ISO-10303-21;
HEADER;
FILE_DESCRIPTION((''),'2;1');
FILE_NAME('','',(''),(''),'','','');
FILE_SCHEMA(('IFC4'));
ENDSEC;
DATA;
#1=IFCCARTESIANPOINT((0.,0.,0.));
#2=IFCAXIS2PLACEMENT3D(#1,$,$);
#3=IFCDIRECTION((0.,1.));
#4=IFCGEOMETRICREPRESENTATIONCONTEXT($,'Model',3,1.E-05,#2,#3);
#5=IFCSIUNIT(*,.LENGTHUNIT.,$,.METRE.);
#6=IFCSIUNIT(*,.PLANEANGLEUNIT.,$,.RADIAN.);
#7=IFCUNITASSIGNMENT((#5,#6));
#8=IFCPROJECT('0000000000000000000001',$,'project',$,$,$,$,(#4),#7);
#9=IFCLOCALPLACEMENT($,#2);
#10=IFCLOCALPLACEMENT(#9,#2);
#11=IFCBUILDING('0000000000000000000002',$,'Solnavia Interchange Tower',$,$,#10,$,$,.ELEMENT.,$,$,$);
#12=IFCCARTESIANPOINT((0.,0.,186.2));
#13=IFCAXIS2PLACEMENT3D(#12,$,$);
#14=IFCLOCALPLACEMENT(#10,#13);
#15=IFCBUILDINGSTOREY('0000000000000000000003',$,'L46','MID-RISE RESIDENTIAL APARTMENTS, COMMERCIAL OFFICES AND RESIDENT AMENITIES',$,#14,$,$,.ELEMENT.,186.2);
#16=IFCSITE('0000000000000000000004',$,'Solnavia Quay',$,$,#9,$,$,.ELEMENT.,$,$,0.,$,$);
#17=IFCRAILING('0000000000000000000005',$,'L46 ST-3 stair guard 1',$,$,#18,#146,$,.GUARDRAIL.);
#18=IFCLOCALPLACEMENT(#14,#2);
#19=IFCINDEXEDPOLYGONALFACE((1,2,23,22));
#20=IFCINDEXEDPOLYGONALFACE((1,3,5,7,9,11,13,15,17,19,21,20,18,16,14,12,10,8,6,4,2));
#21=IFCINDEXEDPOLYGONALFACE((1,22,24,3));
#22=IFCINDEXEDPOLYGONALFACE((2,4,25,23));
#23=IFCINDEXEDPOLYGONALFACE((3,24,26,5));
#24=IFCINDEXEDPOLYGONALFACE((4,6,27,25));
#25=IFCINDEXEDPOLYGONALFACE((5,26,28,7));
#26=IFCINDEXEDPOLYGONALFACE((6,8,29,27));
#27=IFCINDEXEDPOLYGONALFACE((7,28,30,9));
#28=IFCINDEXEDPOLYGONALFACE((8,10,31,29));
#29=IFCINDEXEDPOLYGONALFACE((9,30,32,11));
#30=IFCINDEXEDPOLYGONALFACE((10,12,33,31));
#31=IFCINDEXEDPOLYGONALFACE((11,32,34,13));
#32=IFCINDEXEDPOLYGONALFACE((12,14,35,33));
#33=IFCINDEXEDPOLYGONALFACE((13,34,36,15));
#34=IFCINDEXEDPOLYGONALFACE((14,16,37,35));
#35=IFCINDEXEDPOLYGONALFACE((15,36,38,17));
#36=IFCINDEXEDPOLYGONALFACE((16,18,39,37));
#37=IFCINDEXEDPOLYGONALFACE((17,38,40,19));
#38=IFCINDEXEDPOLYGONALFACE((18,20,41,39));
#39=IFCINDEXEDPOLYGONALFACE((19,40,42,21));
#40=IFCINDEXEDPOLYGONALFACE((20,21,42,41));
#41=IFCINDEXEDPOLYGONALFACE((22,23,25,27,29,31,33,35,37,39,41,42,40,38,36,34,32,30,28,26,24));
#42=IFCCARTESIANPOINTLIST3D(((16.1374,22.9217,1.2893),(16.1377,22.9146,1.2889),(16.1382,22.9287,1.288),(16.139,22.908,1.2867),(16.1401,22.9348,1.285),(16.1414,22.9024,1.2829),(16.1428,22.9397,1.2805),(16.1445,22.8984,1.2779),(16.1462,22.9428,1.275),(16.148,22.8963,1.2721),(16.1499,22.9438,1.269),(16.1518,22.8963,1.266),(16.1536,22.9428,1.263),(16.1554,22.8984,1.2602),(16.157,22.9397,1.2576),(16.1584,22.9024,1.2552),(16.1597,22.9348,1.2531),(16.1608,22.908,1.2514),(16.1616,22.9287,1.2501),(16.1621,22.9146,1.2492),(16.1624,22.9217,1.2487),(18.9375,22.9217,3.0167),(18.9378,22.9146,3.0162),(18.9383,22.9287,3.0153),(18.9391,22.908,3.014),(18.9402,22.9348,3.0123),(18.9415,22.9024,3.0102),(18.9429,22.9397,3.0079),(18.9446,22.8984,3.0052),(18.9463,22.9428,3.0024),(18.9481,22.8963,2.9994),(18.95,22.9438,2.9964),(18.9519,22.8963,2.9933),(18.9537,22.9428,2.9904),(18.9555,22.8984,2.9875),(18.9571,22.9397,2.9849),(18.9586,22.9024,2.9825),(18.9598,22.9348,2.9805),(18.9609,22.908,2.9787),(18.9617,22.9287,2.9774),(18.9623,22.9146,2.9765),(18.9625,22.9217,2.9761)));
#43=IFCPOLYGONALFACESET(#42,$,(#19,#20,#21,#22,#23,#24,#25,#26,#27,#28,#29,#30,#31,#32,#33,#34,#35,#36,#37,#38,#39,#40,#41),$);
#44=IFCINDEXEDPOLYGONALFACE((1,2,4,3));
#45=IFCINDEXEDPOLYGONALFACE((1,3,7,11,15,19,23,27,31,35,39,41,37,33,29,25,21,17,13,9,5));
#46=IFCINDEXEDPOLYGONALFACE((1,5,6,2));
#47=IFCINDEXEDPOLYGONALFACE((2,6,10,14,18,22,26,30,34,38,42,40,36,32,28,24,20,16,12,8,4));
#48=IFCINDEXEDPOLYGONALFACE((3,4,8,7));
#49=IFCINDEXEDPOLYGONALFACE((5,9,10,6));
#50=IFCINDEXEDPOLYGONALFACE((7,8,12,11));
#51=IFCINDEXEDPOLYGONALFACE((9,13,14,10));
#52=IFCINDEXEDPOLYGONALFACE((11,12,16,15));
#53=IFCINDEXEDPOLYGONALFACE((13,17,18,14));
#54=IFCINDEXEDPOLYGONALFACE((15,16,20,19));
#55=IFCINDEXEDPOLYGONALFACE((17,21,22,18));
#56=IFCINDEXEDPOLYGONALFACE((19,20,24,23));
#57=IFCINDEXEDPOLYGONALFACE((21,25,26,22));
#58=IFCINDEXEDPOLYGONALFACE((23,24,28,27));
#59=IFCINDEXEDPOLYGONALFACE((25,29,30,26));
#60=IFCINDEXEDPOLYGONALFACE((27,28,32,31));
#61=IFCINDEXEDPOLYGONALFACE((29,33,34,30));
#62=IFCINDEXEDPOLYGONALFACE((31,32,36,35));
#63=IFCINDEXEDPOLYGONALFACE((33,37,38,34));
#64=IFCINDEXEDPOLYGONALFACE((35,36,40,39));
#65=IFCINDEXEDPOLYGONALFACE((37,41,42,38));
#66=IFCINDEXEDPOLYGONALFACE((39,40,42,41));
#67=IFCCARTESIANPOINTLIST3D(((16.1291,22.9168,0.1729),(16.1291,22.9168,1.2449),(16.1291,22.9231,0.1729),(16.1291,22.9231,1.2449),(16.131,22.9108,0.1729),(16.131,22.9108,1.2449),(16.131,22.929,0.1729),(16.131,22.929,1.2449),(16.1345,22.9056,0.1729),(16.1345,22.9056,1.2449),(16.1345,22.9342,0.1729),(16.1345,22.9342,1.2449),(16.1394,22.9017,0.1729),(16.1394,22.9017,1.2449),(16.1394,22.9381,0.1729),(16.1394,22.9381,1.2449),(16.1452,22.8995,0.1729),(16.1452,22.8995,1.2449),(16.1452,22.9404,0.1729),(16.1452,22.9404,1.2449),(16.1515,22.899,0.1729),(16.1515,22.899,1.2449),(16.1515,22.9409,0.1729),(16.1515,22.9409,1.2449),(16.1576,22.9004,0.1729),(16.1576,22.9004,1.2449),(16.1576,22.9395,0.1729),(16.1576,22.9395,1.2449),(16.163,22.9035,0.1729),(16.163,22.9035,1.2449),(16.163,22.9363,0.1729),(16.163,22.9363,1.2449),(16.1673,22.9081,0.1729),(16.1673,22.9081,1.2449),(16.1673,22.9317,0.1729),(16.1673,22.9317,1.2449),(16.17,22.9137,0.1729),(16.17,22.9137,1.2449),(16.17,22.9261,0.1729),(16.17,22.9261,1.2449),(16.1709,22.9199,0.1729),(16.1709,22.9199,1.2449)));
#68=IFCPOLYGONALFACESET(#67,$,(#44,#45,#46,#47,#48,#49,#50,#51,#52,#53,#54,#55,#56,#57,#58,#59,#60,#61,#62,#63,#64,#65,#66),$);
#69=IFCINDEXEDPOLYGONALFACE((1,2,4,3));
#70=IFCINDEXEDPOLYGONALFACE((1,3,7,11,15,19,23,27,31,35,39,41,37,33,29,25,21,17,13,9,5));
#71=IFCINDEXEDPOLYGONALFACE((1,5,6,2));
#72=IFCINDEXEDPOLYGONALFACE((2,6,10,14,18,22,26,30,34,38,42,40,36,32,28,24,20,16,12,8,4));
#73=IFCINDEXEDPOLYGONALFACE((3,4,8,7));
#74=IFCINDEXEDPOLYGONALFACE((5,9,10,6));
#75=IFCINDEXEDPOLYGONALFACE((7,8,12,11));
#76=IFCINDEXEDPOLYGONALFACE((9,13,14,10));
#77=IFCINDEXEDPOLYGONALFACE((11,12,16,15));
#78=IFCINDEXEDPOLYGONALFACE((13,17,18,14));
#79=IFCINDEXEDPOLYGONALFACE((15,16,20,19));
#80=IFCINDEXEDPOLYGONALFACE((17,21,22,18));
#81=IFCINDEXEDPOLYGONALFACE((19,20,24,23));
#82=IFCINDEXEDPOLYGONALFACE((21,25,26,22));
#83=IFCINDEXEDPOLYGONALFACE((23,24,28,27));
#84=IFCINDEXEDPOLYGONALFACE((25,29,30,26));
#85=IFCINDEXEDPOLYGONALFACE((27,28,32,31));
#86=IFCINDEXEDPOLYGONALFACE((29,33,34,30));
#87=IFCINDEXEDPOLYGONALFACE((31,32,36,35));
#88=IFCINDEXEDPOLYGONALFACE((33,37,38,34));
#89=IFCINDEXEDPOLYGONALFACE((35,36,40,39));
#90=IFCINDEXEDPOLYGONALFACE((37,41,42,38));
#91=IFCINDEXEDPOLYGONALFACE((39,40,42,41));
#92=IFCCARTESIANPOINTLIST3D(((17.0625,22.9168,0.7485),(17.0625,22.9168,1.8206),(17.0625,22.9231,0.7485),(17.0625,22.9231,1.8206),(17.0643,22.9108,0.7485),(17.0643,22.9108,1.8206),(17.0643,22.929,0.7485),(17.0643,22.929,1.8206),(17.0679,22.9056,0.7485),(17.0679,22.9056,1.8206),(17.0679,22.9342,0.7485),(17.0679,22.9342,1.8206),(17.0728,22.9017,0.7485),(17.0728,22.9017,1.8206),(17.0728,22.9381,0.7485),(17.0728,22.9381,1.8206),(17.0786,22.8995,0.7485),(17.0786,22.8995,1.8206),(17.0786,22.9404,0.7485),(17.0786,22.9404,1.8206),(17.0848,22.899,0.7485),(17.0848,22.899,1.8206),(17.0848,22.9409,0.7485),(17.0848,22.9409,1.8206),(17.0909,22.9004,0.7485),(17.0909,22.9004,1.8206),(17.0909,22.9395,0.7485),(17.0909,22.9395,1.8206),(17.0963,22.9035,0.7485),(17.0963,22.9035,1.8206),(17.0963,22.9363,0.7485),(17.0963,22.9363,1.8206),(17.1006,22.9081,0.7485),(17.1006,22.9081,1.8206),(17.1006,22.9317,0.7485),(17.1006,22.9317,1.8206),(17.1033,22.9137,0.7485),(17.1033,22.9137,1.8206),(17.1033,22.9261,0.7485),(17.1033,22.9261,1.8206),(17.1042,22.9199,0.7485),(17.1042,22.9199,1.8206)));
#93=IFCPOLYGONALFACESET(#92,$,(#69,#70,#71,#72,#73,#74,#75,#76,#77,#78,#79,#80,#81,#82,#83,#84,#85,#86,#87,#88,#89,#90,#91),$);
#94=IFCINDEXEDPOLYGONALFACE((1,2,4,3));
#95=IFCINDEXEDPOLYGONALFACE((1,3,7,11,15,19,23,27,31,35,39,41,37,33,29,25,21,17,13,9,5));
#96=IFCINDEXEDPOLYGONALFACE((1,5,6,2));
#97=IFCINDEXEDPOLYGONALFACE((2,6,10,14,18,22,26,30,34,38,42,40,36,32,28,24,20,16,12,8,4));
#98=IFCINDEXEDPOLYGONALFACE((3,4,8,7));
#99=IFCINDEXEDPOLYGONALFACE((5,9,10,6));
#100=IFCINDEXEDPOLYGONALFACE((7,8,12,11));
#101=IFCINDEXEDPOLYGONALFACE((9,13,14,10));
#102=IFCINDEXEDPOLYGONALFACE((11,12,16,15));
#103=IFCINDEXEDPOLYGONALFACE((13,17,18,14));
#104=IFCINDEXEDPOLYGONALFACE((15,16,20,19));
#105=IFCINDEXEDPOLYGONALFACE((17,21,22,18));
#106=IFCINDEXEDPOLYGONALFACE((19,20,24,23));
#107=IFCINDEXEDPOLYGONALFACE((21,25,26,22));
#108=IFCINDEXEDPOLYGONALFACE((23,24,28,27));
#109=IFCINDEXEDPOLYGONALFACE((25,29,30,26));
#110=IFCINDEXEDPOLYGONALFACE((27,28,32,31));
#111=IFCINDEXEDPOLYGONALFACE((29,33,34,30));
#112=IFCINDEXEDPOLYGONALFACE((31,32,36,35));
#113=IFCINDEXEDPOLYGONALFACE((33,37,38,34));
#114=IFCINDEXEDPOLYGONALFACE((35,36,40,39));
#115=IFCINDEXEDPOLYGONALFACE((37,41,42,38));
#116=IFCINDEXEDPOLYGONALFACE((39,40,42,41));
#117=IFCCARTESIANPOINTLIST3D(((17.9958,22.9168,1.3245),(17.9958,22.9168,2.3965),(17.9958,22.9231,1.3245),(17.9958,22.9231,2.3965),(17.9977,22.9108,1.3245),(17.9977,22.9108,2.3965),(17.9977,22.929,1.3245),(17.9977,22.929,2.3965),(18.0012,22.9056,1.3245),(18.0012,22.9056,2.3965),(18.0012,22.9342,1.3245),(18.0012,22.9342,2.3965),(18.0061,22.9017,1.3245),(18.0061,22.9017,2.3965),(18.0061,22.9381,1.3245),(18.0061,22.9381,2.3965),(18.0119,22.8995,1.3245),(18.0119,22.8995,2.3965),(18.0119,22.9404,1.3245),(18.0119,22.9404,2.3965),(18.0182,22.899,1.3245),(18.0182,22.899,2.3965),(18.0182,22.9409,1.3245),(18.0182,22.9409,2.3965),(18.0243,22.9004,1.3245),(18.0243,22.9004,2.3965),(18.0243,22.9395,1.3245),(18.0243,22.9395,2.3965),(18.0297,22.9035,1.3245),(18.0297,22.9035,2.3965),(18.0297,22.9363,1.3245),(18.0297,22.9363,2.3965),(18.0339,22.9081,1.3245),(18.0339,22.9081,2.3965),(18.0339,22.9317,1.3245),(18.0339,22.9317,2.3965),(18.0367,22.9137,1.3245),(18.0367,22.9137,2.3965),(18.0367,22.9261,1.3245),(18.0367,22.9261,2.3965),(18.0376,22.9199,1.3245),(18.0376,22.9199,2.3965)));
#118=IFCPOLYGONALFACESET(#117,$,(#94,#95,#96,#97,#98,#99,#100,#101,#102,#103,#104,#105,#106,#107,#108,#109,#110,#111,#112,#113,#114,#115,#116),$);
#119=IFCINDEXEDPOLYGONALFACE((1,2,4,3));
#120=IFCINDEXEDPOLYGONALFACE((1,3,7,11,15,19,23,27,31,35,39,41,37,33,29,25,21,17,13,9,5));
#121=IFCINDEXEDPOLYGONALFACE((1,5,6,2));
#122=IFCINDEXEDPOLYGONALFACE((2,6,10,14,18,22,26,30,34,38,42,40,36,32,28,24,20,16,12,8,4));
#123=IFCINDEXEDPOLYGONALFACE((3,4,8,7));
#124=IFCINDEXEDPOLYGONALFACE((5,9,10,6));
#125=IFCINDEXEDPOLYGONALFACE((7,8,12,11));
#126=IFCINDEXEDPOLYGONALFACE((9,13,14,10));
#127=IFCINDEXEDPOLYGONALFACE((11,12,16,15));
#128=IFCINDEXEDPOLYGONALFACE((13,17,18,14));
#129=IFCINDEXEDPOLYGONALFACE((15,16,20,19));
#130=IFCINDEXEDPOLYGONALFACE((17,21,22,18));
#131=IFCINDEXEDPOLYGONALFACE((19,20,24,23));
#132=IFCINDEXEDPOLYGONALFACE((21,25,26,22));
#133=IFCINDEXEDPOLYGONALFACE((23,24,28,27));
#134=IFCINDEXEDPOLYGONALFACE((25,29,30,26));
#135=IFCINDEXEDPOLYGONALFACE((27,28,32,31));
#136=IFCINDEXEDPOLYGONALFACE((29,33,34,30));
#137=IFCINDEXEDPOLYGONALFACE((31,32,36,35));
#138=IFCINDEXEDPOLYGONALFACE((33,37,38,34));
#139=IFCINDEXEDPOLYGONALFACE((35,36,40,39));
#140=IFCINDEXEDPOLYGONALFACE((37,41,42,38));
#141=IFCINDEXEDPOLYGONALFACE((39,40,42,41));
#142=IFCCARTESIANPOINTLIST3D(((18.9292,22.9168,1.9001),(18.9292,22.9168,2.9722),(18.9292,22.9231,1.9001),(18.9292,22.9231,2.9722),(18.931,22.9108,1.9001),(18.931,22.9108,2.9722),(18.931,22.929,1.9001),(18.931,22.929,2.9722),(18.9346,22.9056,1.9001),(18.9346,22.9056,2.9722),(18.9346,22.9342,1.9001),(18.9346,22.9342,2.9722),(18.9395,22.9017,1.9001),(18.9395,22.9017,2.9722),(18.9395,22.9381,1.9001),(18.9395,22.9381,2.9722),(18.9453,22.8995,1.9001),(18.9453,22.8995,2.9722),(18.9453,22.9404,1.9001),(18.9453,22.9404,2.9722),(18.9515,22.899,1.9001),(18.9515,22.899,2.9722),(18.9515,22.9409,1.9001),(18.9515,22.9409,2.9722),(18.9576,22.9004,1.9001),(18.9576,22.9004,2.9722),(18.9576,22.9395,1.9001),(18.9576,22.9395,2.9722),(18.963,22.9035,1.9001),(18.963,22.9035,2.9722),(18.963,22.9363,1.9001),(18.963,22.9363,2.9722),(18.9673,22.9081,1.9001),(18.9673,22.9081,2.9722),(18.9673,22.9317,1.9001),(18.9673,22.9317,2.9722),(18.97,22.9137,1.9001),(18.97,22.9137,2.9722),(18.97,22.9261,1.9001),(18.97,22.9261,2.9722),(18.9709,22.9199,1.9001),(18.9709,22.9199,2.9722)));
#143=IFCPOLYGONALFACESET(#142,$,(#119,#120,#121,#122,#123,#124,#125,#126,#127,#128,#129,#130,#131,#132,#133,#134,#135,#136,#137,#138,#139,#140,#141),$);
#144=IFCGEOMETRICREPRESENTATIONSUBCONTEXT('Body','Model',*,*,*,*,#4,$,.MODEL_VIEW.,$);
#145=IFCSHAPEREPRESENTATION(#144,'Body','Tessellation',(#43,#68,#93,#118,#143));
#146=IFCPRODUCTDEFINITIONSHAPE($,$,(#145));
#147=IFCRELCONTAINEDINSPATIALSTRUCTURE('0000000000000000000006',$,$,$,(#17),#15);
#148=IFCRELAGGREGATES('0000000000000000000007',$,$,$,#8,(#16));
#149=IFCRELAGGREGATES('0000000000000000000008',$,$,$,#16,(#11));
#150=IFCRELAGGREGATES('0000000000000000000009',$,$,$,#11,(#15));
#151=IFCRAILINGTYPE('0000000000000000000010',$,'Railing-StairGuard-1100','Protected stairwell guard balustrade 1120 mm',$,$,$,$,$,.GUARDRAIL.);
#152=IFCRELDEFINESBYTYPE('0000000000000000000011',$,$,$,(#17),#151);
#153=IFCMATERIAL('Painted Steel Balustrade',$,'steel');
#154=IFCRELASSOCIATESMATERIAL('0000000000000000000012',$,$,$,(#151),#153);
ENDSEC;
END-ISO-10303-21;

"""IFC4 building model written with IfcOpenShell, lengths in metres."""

from ifc_helpers import new_model, si_unit, direction, frame, origin, origin_2d, place, context, subcontext, project, spatial, circle, extrude, material, type_object, element, save


model = new_model("IFC4")

# Units and contexts
model_context = context("Model", 3, precision=1e-05, world=origin(), true_north=direction((0.0, 1.0)))
body_context = subcontext(model_context, "Body", "Model", "MODEL_VIEW")
ifc_project = project(units=[si_unit("LENGTHUNIT", "METRE"), si_unit("PLANEANGLEUNIT", "RADIAN")], contexts=[model_context])

# Site, building, storey
site_placement = place(None, origin())
site = spatial("IfcSite", under=ifc_project, at=site_placement, Name="Solnavia Quay", CompositionType="ELEMENT", RefElevation=0.0)
building_placement = place(site_placement, origin())
building = spatial("IfcBuilding", under=site, at=building_placement, Name="Solnavia Interchange Tower", CompositionType="ELEMENT")
storey_placement = place(building_placement, frame((0.0, 0.0, 186.2)))
storey = spatial("IfcBuildingStorey", under=building, at=storey_placement, Name="L46", Description="MID-RISE RESIDENTIAL APARTMENTS, COMMERCIAL OFFICES AND RESIDENT AMENITIES", CompositionType="ELEMENT", Elevation=186.2)

# Railing
ifc_material_1 = material(Name="Painted Steel Balustrade", Category="steel")
railing_type_1 = type_object("IfcRailingType", Name="Railing-StairGuard-1100", Description="Protected stairwell guard balustrade 1120 mm", PredefinedType="GUARDRAIL", material=ifc_material_1)
railing_1_placement = place(storey_placement, frame((16.1499, 22.9199, 0.1729)))
element("IfcRailing", 1, at=railing_1_placement, inside=storey, type_object=railing_type_1, Name="L46 ST-3 stair guard 1", PredefinedType="GUARDRAIL", context=body_context, shape_type="SweptSolid", body=[
    extrude(circle(Radius=0.0239, at=origin_2d()), frame((0.0, 0.0, 1.0962), z_axis=(0.85109, 0.0, 0.52502), x_axis=(0.0, 1.0, 0.0)), (0.0, 0.0, 1.0), 3.29),
    extrude(circle(Radius=0.021, at=origin_2d()), origin(), (0.0, 0.0, 1.0), 1.072),
    extrude(circle(Radius=0.021, at=origin_2d()), frame((0.9333, 0.0, 0.5757)), (0.0, 0.0, 1.0), 1.072),
    extrude(circle(Radius=0.021, at=origin_2d()), frame((1.8667, 0.0, 1.1516)), (0.0, 0.0, 1.0), 1.072),
    extrude(circle(Radius=0.021, at=origin_2d()), frame((2.8, 0.0, 1.7273)), (0.0, 0.0, 1.0), 1.072),
])

save(model, "model.ifc")
